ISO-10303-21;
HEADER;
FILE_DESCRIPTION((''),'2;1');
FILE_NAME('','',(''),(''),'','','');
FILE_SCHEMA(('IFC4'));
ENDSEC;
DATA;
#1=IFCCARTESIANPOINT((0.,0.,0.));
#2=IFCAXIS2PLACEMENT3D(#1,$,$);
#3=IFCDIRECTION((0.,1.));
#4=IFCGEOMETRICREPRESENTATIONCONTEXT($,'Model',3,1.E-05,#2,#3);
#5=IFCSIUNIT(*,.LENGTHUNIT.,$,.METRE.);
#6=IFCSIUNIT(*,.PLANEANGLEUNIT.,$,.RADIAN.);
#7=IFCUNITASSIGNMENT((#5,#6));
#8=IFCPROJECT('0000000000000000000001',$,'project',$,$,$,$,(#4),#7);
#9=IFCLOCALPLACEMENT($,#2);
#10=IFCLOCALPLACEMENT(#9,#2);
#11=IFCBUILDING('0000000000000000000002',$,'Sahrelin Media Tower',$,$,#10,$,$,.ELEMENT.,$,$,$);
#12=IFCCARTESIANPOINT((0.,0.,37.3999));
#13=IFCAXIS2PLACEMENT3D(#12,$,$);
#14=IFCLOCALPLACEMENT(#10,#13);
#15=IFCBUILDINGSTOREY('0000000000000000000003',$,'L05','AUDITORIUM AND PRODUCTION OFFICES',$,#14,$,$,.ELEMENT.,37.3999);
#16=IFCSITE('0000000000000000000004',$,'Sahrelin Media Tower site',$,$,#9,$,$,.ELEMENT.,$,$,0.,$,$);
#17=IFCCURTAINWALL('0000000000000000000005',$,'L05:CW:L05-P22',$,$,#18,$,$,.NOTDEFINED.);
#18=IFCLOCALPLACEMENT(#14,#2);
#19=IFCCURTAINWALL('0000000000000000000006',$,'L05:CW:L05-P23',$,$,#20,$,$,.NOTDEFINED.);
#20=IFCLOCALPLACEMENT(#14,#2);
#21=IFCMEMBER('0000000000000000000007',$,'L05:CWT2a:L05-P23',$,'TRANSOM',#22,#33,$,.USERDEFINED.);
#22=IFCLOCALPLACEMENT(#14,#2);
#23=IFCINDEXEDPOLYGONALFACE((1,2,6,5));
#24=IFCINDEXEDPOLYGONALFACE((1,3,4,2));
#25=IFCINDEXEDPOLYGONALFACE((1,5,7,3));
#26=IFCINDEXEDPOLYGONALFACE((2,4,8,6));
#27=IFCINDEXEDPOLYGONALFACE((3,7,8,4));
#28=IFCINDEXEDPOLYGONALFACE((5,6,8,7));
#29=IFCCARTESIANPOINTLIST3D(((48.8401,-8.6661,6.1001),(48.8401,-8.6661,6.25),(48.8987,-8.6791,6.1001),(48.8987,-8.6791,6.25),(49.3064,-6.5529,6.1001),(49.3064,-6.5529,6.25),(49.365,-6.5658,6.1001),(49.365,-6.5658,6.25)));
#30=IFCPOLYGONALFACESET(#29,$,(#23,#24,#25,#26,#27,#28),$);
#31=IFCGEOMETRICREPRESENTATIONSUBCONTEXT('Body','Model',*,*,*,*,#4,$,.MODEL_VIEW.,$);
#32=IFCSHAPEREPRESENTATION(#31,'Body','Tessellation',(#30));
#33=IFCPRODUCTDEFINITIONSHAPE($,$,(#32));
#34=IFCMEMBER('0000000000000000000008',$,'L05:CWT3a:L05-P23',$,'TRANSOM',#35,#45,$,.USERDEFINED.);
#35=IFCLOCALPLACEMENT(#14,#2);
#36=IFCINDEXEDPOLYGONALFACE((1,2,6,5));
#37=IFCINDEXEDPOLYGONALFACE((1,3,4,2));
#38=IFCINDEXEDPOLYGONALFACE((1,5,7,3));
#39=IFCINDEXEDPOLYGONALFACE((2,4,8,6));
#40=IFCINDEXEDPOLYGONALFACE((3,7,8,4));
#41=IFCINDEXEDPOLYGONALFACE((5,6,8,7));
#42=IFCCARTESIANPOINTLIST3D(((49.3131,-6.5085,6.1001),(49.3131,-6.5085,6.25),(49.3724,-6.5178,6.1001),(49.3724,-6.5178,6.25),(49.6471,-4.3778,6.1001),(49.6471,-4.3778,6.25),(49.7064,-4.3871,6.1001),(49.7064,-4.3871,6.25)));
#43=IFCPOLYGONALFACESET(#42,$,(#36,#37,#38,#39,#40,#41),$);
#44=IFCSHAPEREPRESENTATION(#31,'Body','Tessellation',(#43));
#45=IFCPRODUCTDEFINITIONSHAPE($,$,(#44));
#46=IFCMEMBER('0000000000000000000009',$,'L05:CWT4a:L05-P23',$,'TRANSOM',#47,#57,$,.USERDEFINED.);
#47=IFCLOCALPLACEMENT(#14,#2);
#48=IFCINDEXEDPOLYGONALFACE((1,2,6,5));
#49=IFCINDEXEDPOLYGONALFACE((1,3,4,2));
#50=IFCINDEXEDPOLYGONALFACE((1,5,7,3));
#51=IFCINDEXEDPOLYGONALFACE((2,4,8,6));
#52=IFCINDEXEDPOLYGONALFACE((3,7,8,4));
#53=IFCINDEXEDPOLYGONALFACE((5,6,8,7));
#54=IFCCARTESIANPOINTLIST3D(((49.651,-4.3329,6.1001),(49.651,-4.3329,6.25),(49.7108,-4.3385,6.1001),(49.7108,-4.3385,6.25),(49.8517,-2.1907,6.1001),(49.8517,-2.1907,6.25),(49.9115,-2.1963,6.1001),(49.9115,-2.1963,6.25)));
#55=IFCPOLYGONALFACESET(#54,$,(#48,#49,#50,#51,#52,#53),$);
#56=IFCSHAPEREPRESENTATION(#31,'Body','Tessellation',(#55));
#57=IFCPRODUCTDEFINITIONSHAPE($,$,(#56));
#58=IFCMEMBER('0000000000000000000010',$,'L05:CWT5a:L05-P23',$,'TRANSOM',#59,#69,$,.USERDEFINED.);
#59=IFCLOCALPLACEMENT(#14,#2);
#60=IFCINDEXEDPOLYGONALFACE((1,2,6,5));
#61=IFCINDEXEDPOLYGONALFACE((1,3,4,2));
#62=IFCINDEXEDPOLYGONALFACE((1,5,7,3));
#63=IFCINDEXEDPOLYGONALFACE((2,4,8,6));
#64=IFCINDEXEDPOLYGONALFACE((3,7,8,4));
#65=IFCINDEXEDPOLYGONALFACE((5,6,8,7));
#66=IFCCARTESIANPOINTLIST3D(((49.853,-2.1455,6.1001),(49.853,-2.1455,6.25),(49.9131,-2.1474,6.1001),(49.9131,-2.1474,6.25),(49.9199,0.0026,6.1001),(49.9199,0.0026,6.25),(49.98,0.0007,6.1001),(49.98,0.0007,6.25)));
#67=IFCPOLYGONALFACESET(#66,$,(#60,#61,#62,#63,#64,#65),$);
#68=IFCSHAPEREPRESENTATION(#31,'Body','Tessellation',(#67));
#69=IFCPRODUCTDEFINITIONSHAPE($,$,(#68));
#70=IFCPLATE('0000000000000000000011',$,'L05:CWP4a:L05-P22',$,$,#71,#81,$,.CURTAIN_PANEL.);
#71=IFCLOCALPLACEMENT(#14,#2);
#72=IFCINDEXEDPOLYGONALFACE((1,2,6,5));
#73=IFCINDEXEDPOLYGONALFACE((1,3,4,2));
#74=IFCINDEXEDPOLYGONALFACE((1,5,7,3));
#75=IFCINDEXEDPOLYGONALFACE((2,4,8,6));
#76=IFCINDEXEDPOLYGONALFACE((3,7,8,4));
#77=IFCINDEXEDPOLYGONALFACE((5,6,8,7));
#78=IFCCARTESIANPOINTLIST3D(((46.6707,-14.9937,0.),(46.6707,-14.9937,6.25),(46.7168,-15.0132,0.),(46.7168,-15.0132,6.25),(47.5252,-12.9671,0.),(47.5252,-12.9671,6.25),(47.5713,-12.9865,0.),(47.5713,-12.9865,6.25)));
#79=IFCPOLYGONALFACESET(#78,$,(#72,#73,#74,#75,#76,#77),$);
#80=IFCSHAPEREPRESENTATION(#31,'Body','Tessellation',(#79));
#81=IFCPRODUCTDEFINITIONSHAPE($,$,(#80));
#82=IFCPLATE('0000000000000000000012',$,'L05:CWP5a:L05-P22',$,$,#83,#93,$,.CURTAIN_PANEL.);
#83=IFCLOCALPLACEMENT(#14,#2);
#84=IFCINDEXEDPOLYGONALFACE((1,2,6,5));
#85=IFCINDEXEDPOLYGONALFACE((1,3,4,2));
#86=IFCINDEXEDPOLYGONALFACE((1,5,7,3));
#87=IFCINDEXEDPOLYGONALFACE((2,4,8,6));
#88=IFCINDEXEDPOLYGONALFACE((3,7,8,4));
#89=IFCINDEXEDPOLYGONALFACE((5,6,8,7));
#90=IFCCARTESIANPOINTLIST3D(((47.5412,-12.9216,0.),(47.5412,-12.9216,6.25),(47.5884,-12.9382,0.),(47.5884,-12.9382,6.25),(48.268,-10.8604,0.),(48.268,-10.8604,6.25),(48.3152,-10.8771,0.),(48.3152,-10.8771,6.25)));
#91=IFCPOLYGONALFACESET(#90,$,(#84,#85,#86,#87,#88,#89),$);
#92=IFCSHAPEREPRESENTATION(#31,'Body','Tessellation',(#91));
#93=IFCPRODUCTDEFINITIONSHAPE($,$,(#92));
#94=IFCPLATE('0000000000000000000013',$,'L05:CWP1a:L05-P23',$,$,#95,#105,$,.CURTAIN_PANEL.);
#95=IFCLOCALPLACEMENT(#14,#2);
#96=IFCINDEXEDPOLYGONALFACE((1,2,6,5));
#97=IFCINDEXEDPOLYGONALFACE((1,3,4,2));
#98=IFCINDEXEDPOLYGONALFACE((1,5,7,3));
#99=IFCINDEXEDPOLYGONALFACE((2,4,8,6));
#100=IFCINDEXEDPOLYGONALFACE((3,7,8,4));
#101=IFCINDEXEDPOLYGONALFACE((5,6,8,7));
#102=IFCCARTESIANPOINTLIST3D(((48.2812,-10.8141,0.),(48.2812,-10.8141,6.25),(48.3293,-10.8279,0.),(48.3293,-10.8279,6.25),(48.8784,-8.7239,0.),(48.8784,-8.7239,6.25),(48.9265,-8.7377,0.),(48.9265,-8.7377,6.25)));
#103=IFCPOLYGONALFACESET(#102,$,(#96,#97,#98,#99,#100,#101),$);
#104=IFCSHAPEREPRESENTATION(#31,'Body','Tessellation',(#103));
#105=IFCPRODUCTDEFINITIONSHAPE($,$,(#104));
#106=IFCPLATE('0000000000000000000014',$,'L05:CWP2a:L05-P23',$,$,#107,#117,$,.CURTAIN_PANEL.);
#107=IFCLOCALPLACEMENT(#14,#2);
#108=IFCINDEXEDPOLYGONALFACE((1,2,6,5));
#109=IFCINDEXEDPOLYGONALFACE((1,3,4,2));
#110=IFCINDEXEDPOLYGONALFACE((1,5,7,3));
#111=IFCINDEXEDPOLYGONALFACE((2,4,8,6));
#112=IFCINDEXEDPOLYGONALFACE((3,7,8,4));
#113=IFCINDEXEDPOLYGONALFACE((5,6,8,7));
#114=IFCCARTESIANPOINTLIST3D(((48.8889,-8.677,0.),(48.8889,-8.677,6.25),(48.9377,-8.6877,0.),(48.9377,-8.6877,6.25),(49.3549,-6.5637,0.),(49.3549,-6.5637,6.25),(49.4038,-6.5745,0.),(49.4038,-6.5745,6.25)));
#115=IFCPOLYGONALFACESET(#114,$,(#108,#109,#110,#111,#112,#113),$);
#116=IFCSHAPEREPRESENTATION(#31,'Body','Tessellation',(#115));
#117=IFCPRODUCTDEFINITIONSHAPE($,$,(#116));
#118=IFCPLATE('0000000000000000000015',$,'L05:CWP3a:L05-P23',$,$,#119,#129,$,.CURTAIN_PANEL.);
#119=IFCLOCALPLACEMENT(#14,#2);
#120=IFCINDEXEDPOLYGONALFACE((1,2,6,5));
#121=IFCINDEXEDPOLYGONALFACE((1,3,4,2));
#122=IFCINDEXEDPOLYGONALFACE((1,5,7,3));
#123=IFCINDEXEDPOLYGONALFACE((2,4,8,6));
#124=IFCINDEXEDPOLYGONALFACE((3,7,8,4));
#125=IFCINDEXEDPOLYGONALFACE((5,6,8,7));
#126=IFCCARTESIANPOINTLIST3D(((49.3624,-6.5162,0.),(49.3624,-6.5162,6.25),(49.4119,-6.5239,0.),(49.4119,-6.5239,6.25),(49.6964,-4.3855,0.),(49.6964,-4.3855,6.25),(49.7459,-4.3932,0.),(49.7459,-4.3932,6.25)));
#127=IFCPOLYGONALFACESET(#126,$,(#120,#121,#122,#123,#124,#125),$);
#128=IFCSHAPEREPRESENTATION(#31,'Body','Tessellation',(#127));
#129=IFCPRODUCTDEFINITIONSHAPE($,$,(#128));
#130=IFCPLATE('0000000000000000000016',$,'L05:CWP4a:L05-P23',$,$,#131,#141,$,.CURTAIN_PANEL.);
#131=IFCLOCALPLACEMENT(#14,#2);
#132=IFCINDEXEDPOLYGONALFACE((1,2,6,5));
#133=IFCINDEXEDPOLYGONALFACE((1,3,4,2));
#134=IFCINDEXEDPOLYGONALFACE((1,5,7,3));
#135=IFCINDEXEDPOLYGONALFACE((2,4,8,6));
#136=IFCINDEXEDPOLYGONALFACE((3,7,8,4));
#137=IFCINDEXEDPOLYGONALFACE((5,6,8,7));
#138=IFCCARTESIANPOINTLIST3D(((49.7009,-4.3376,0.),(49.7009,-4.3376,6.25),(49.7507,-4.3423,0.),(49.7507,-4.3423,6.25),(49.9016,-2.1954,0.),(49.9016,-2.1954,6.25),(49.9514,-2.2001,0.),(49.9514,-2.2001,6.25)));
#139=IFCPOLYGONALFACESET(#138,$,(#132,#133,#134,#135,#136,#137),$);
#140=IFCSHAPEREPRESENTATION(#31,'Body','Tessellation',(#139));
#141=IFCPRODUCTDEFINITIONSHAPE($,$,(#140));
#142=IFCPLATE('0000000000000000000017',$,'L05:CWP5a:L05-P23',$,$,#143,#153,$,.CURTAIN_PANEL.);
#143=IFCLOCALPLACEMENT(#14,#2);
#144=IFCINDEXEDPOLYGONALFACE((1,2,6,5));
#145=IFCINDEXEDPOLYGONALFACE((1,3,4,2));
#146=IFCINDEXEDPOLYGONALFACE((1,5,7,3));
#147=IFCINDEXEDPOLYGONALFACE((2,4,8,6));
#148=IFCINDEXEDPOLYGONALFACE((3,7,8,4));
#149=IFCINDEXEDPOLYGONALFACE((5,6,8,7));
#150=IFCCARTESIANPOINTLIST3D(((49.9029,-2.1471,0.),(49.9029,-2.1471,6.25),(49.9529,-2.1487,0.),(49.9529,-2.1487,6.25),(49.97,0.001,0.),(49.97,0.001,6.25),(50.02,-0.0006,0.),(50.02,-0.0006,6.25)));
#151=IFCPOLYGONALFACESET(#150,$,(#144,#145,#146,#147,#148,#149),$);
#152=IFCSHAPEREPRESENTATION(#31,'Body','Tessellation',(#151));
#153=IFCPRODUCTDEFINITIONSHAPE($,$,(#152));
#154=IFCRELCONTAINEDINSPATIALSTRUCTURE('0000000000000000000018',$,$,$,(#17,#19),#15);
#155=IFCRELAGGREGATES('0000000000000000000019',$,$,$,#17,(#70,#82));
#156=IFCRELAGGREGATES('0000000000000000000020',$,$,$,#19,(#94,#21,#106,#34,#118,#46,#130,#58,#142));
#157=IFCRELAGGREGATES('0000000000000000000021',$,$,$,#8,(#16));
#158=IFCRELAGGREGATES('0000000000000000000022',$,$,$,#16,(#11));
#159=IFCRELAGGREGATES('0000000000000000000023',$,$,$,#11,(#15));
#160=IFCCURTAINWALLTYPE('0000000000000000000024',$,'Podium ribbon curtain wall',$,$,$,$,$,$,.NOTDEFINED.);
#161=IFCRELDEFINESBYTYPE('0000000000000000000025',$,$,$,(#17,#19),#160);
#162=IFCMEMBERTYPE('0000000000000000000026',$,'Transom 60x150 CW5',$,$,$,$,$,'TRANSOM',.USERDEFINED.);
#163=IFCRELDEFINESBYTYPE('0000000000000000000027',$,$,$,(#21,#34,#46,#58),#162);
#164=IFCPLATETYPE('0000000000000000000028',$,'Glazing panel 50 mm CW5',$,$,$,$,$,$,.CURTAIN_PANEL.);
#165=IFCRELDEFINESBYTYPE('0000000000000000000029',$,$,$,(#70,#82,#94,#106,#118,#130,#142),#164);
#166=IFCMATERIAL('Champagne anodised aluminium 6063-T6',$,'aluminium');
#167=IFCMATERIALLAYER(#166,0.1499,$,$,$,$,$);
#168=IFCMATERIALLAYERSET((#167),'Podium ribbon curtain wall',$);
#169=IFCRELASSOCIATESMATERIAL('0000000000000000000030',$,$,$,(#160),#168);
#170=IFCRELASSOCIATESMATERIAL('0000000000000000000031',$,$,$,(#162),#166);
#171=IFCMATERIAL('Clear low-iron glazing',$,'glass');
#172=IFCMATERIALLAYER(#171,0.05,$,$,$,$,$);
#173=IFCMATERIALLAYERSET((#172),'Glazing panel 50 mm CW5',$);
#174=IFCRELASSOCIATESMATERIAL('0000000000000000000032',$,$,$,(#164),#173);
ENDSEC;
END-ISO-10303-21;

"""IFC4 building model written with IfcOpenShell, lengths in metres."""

from ifc_helpers import new_model, si_unit, direction, frame, origin, origin_2d, place, context, subcontext, project, spatial, polyline, rectangle, outline, extrude, material, layer, layer_set, material_profile, profile_set, type_object, element, aggregate, save


model = new_model("IFC4")

# Units and contexts
model_context = context("Model", 3, precision=1e-05, world=origin(), true_north=direction((0.0, 1.0)))
body_context = subcontext(model_context, "Body", "Model", "MODEL_VIEW")
ifc_project = project(units=[si_unit("LENGTHUNIT", "METRE"), si_unit("PLANEANGLEUNIT", "RADIAN")], contexts=[model_context])

# Site, building, storey
site_placement = place(None, origin())
site = spatial("IfcSite", under=ifc_project, at=site_placement, Name="Sahrelin Media Tower site", CompositionType="ELEMENT", RefElevation=0.0)
building_placement = place(site_placement, origin())
building = spatial("IfcBuilding", under=site, at=building_placement, Name="Sahrelin Media Tower", CompositionType="ELEMENT")
storey_placement = place(building_placement, frame((0.0, 0.0, 37.3999)))
storey = spatial("IfcBuildingStorey", under=building, at=storey_placement, Name="L05", Description="AUDITORIUM AND PRODUCTION OFFICES", CompositionType="ELEMENT", Elevation=37.3999)

# Shared definitions
ifc_material_1 = material(Name="Champagne anodised aluminium 6063-T6", Category="aluminium")
ifc_layer_1 = layer(ifc_material_1, 0.1499)
ifc_layer_set_1 = layer_set([ifc_layer_1], Name="Podium ribbon curtain wall")
curtain_wall_type = type_object("IfcCurtainWallType", Name="Podium ribbon curtain wall", PredefinedType="NOTDEFINED", material=ifc_layer_set_1)

# Curtain walls
curtain_wall_1_placement = place(storey_placement, frame((43.3013, -21.0, 0.0), z_axis=(0.0, 0.0, 1.0), x_axis=(1.0, 0.0, 0.0)))
curtain_wall_1 = element("IfcCurtainWall", 1, at=curtain_wall_1_placement, inside=storey, type_object=curtain_wall_type, Name="L05:CW:L05-P22", PredefinedType="NOTDEFINED")
curtain_wall_2_placement = place(storey_placement, frame((48.2964, -10.8704, 0.0), z_axis=(0.0, 0.0, 1.0), x_axis=(1.0, 0.0, 0.0)))
curtain_wall_2 = element("IfcCurtainWall", 2, at=curtain_wall_2_placement, inside=storey, type_object=curtain_wall_type, Name="L05:CW:L05-P23", PredefinedType="NOTDEFINED")

# Members
ifc_material_profile_1 = material_profile(ifc_material_1, rectangle(XDim=0.0601, YDim=0.1499, at=origin_2d()), Name="Transom 60x150")
ifc_profile_set_1 = profile_set([ifc_material_profile_1], Name="Champagne anodised aluminium 6063-T6")
member_type_1 = type_object("IfcMemberType", Name="Transom 60x150 CW5", ElementType="TRANSOM", PredefinedType="USERDEFINED", material=ifc_profile_set_1)
member_1_placement = place(storey_placement, frame((48.8694, -8.6726, 6.175), z_axis=(0.215473, 0.97651, 0.0), x_axis=(-0.97651, 0.215473, 0.0)))
member_1 = element("IfcMember", 3, at=member_1_placement, type_object=member_type_1, Name="L05:CWT2a:L05-P23", ObjectType="TRANSOM", PredefinedType="USERDEFINED", context=body_context, shape_type="SweptSolid", body=[
    extrude(rectangle(XDim=0.0601, YDim=0.1499, at=origin_2d()), origin(), (0.0, 0.0, 1.0), 2.1641),
])
member_2_placement = place(storey_placement, frame((49.3428, -6.5132, 6.175), z_axis=(0.154864, 0.987936, 0.0), x_axis=(-0.987936, 0.154864, 0.0)))
member_2 = element("IfcMember", 4, at=member_2_placement, type_object=member_type_1, Name="L05:CWT3a:L05-P23", ObjectType="TRANSOM", PredefinedType="USERDEFINED", context=body_context, shape_type="SweptSolid", body=[
    extrude(rectangle(XDim=0.0601, YDim=0.1499, at=origin_2d()), origin(), (0.0, 0.0, 1.0), 2.1567),
])
member_3_placement = place(storey_placement, frame((49.6809, -4.3357, 6.175), z_axis=(0.093267, 0.995641, 0.0), x_axis=(-0.995641, 0.093267, 0.0)))
member_3 = element("IfcMember", 5, at=member_3_placement, type_object=member_type_1, Name="L05:CWT4a:L05-P23", ObjectType="TRANSOM", PredefinedType="USERDEFINED", context=body_context, shape_type="SweptSolid", body=[
    extrude(rectangle(XDim=0.0601, YDim=0.1499, at=origin_2d()), origin(), (0.0, 0.0, 1.0), 2.1516),
])
member_4_placement = place(storey_placement, frame((49.8831, -2.1465, 6.175), z_axis=(0.031125, 0.999516, 0.0), x_axis=(-0.999516, 0.031125, 0.0)))
member_4 = element("IfcMember", 6, at=member_4_placement, type_object=member_type_1, Name="L05:CWT5a:L05-P23", ObjectType="TRANSOM", PredefinedType="USERDEFINED", context=body_context, shape_type="SweptSolid", body=[
    extrude(rectangle(XDim=0.0601, YDim=0.1499, at=origin_2d()), origin(), (0.0, 0.0, 1.0), 2.1492),
])

# Plates
ifc_material_2 = material(Name="Clear low-iron glazing", Category="glass")
ifc_layer_2 = layer(ifc_material_2, 0.05)
ifc_layer_set_2 = layer_set([ifc_layer_2], Name="Glazing panel 50 mm CW5")
plate_type = type_object("IfcPlateType", Name="Glazing panel 50 mm CW5", PredefinedType="CURTAIN_PANEL", material=ifc_layer_set_2)
plate_1_placement = place(storey_placement, frame((46.7168, -15.0132, 0.0), z_axis=(0.921443, -0.388514, 0.0), x_axis=(0.388514, 0.921443, 0.0)))
plate_1 = element("IfcPlate", 7, at=plate_1_placement, type_object=plate_type, Name="L05:CWP4a:L05-P22", PredefinedType="CURTAIN_PANEL", context=body_context, shape_type="SweptSolid", body=[
    extrude(outline(polyline([(0.0, 0.0), (2.1995, 0.0), (2.1995, 6.25), (0.0, 6.25), (0.0, 0.0)])), origin(), (0.0, 0.0, -1.0), 0.05),
])
plate_2_placement = place(storey_placement, frame((47.5884, -12.9382, 0.0), z_axis=(0.943079, -0.332569, 0.0), x_axis=(0.332569, 0.943079, 0.0)))
plate_2 = element("IfcPlate", 8, at=plate_2_placement, type_object=plate_type, Name="L05:CWP5a:L05-P22", PredefinedType="CURTAIN_PANEL", context=body_context, shape_type="SweptSolid", body=[
    extrude(outline(polyline([(0.0, 0.0), (2.1855, 0.0), (2.1855, 6.25), (0.0, 6.25), (0.0, 0.0)])), origin(), (0.0, 0.0, -1.0), 0.05),
])
aggregate(curtain_wall_1, [plate_1, plate_2])
plate_3_placement = place(storey_placement, frame((48.3293, -10.8279, 0.0), z_axis=(0.961524, -0.274721, 0.0), x_axis=(0.274721, 0.961524, 0.0)))
plate_3 = element("IfcPlate", 9, at=plate_3_placement, type_object=plate_type, Name="L05:CWP1a:L05-P23", PredefinedType="CURTAIN_PANEL", context=body_context, shape_type="SweptSolid", body=[
    extrude(outline(polyline([(0.0, 0.0), (2.1738, 0.0), (2.1738, 6.25), (0.0, 6.25), (0.0, 0.0)])), origin(), (0.0, 0.0, -1.0), 0.05),
])
plate_4_placement = place(storey_placement, frame((48.9377, -8.6877, 0.0), z_axis=(0.976534, -0.215365, 0.0), x_axis=(0.215365, 0.976534, 0.0)))
plate_4 = element("IfcPlate", 10, at=plate_4_placement, type_object=plate_type, Name="L05:CWP2a:L05-P23", PredefinedType="CURTAIN_PANEL", context=body_context, shape_type="SweptSolid", body=[
    extrude(outline(polyline([(0.0, 0.0), (2.1641, 0.0), (2.1641, 6.25), (0.0, 6.25), (0.0, 0.0)])), origin(), (0.0, 0.0, -1.0), 0.05),
])
plate_5_placement = place(storey_placement, frame((49.4119, -6.5239, 0.0), z_axis=(0.987936, -0.154864, 0.0), x_axis=(0.154864, 0.987936, 0.0)))
plate_5 = element("IfcPlate", 11, at=plate_5_placement, type_object=plate_type, Name="L05:CWP3a:L05-P23", PredefinedType="CURTAIN_PANEL", context=body_context, shape_type="SweptSolid", body=[
    extrude(outline(polyline([(0.0, 0.0), (2.1567, 0.0), (2.1567, 6.25), (0.0, 6.25), (0.0, 0.0)])), origin(), (0.0, 0.0, -1.0), 0.05),
])
plate_6_placement = place(storey_placement, frame((49.7507, -4.3423, 0.0), z_axis=(0.995641, -0.093267, 0.0), x_axis=(0.093267, 0.995641, 0.0)))
plate_6 = element("IfcPlate", 12, at=plate_6_placement, type_object=plate_type, Name="L05:CWP4a:L05-P23", PredefinedType="CURTAIN_PANEL", context=body_context, shape_type="SweptSolid", body=[
    extrude(outline(polyline([(0.0, 0.0), (2.1516, 0.0), (2.1516, 6.25), (0.0, 6.25), (0.0, 0.0)])), origin(), (0.0, 0.0, -1.0), 0.05),
])
plate_7_placement = place(storey_placement, frame((49.9529, -2.1487, 0.0), z_axis=(0.999512, -0.031238, 0.0), x_axis=(0.031238, 0.999512, 0.0)))
plate_7 = element("IfcPlate", 13, at=plate_7_placement, type_object=plate_type, Name="L05:CWP5a:L05-P23", PredefinedType="CURTAIN_PANEL", context=body_context, shape_type="SweptSolid", body=[
    extrude(outline(polyline([(0.0, 0.0), (2.1492, 0.0), (2.1492, 6.25), (0.0, 6.25), (0.0, 0.0)])), origin(), (0.0, 0.0, -1.0), 0.05),
])
aggregate(curtain_wall_2, [plate_3, member_1, plate_4, member_2, plate_5, member_3, plate_6, member_4, plate_7])

save(model, "model.ifc")
